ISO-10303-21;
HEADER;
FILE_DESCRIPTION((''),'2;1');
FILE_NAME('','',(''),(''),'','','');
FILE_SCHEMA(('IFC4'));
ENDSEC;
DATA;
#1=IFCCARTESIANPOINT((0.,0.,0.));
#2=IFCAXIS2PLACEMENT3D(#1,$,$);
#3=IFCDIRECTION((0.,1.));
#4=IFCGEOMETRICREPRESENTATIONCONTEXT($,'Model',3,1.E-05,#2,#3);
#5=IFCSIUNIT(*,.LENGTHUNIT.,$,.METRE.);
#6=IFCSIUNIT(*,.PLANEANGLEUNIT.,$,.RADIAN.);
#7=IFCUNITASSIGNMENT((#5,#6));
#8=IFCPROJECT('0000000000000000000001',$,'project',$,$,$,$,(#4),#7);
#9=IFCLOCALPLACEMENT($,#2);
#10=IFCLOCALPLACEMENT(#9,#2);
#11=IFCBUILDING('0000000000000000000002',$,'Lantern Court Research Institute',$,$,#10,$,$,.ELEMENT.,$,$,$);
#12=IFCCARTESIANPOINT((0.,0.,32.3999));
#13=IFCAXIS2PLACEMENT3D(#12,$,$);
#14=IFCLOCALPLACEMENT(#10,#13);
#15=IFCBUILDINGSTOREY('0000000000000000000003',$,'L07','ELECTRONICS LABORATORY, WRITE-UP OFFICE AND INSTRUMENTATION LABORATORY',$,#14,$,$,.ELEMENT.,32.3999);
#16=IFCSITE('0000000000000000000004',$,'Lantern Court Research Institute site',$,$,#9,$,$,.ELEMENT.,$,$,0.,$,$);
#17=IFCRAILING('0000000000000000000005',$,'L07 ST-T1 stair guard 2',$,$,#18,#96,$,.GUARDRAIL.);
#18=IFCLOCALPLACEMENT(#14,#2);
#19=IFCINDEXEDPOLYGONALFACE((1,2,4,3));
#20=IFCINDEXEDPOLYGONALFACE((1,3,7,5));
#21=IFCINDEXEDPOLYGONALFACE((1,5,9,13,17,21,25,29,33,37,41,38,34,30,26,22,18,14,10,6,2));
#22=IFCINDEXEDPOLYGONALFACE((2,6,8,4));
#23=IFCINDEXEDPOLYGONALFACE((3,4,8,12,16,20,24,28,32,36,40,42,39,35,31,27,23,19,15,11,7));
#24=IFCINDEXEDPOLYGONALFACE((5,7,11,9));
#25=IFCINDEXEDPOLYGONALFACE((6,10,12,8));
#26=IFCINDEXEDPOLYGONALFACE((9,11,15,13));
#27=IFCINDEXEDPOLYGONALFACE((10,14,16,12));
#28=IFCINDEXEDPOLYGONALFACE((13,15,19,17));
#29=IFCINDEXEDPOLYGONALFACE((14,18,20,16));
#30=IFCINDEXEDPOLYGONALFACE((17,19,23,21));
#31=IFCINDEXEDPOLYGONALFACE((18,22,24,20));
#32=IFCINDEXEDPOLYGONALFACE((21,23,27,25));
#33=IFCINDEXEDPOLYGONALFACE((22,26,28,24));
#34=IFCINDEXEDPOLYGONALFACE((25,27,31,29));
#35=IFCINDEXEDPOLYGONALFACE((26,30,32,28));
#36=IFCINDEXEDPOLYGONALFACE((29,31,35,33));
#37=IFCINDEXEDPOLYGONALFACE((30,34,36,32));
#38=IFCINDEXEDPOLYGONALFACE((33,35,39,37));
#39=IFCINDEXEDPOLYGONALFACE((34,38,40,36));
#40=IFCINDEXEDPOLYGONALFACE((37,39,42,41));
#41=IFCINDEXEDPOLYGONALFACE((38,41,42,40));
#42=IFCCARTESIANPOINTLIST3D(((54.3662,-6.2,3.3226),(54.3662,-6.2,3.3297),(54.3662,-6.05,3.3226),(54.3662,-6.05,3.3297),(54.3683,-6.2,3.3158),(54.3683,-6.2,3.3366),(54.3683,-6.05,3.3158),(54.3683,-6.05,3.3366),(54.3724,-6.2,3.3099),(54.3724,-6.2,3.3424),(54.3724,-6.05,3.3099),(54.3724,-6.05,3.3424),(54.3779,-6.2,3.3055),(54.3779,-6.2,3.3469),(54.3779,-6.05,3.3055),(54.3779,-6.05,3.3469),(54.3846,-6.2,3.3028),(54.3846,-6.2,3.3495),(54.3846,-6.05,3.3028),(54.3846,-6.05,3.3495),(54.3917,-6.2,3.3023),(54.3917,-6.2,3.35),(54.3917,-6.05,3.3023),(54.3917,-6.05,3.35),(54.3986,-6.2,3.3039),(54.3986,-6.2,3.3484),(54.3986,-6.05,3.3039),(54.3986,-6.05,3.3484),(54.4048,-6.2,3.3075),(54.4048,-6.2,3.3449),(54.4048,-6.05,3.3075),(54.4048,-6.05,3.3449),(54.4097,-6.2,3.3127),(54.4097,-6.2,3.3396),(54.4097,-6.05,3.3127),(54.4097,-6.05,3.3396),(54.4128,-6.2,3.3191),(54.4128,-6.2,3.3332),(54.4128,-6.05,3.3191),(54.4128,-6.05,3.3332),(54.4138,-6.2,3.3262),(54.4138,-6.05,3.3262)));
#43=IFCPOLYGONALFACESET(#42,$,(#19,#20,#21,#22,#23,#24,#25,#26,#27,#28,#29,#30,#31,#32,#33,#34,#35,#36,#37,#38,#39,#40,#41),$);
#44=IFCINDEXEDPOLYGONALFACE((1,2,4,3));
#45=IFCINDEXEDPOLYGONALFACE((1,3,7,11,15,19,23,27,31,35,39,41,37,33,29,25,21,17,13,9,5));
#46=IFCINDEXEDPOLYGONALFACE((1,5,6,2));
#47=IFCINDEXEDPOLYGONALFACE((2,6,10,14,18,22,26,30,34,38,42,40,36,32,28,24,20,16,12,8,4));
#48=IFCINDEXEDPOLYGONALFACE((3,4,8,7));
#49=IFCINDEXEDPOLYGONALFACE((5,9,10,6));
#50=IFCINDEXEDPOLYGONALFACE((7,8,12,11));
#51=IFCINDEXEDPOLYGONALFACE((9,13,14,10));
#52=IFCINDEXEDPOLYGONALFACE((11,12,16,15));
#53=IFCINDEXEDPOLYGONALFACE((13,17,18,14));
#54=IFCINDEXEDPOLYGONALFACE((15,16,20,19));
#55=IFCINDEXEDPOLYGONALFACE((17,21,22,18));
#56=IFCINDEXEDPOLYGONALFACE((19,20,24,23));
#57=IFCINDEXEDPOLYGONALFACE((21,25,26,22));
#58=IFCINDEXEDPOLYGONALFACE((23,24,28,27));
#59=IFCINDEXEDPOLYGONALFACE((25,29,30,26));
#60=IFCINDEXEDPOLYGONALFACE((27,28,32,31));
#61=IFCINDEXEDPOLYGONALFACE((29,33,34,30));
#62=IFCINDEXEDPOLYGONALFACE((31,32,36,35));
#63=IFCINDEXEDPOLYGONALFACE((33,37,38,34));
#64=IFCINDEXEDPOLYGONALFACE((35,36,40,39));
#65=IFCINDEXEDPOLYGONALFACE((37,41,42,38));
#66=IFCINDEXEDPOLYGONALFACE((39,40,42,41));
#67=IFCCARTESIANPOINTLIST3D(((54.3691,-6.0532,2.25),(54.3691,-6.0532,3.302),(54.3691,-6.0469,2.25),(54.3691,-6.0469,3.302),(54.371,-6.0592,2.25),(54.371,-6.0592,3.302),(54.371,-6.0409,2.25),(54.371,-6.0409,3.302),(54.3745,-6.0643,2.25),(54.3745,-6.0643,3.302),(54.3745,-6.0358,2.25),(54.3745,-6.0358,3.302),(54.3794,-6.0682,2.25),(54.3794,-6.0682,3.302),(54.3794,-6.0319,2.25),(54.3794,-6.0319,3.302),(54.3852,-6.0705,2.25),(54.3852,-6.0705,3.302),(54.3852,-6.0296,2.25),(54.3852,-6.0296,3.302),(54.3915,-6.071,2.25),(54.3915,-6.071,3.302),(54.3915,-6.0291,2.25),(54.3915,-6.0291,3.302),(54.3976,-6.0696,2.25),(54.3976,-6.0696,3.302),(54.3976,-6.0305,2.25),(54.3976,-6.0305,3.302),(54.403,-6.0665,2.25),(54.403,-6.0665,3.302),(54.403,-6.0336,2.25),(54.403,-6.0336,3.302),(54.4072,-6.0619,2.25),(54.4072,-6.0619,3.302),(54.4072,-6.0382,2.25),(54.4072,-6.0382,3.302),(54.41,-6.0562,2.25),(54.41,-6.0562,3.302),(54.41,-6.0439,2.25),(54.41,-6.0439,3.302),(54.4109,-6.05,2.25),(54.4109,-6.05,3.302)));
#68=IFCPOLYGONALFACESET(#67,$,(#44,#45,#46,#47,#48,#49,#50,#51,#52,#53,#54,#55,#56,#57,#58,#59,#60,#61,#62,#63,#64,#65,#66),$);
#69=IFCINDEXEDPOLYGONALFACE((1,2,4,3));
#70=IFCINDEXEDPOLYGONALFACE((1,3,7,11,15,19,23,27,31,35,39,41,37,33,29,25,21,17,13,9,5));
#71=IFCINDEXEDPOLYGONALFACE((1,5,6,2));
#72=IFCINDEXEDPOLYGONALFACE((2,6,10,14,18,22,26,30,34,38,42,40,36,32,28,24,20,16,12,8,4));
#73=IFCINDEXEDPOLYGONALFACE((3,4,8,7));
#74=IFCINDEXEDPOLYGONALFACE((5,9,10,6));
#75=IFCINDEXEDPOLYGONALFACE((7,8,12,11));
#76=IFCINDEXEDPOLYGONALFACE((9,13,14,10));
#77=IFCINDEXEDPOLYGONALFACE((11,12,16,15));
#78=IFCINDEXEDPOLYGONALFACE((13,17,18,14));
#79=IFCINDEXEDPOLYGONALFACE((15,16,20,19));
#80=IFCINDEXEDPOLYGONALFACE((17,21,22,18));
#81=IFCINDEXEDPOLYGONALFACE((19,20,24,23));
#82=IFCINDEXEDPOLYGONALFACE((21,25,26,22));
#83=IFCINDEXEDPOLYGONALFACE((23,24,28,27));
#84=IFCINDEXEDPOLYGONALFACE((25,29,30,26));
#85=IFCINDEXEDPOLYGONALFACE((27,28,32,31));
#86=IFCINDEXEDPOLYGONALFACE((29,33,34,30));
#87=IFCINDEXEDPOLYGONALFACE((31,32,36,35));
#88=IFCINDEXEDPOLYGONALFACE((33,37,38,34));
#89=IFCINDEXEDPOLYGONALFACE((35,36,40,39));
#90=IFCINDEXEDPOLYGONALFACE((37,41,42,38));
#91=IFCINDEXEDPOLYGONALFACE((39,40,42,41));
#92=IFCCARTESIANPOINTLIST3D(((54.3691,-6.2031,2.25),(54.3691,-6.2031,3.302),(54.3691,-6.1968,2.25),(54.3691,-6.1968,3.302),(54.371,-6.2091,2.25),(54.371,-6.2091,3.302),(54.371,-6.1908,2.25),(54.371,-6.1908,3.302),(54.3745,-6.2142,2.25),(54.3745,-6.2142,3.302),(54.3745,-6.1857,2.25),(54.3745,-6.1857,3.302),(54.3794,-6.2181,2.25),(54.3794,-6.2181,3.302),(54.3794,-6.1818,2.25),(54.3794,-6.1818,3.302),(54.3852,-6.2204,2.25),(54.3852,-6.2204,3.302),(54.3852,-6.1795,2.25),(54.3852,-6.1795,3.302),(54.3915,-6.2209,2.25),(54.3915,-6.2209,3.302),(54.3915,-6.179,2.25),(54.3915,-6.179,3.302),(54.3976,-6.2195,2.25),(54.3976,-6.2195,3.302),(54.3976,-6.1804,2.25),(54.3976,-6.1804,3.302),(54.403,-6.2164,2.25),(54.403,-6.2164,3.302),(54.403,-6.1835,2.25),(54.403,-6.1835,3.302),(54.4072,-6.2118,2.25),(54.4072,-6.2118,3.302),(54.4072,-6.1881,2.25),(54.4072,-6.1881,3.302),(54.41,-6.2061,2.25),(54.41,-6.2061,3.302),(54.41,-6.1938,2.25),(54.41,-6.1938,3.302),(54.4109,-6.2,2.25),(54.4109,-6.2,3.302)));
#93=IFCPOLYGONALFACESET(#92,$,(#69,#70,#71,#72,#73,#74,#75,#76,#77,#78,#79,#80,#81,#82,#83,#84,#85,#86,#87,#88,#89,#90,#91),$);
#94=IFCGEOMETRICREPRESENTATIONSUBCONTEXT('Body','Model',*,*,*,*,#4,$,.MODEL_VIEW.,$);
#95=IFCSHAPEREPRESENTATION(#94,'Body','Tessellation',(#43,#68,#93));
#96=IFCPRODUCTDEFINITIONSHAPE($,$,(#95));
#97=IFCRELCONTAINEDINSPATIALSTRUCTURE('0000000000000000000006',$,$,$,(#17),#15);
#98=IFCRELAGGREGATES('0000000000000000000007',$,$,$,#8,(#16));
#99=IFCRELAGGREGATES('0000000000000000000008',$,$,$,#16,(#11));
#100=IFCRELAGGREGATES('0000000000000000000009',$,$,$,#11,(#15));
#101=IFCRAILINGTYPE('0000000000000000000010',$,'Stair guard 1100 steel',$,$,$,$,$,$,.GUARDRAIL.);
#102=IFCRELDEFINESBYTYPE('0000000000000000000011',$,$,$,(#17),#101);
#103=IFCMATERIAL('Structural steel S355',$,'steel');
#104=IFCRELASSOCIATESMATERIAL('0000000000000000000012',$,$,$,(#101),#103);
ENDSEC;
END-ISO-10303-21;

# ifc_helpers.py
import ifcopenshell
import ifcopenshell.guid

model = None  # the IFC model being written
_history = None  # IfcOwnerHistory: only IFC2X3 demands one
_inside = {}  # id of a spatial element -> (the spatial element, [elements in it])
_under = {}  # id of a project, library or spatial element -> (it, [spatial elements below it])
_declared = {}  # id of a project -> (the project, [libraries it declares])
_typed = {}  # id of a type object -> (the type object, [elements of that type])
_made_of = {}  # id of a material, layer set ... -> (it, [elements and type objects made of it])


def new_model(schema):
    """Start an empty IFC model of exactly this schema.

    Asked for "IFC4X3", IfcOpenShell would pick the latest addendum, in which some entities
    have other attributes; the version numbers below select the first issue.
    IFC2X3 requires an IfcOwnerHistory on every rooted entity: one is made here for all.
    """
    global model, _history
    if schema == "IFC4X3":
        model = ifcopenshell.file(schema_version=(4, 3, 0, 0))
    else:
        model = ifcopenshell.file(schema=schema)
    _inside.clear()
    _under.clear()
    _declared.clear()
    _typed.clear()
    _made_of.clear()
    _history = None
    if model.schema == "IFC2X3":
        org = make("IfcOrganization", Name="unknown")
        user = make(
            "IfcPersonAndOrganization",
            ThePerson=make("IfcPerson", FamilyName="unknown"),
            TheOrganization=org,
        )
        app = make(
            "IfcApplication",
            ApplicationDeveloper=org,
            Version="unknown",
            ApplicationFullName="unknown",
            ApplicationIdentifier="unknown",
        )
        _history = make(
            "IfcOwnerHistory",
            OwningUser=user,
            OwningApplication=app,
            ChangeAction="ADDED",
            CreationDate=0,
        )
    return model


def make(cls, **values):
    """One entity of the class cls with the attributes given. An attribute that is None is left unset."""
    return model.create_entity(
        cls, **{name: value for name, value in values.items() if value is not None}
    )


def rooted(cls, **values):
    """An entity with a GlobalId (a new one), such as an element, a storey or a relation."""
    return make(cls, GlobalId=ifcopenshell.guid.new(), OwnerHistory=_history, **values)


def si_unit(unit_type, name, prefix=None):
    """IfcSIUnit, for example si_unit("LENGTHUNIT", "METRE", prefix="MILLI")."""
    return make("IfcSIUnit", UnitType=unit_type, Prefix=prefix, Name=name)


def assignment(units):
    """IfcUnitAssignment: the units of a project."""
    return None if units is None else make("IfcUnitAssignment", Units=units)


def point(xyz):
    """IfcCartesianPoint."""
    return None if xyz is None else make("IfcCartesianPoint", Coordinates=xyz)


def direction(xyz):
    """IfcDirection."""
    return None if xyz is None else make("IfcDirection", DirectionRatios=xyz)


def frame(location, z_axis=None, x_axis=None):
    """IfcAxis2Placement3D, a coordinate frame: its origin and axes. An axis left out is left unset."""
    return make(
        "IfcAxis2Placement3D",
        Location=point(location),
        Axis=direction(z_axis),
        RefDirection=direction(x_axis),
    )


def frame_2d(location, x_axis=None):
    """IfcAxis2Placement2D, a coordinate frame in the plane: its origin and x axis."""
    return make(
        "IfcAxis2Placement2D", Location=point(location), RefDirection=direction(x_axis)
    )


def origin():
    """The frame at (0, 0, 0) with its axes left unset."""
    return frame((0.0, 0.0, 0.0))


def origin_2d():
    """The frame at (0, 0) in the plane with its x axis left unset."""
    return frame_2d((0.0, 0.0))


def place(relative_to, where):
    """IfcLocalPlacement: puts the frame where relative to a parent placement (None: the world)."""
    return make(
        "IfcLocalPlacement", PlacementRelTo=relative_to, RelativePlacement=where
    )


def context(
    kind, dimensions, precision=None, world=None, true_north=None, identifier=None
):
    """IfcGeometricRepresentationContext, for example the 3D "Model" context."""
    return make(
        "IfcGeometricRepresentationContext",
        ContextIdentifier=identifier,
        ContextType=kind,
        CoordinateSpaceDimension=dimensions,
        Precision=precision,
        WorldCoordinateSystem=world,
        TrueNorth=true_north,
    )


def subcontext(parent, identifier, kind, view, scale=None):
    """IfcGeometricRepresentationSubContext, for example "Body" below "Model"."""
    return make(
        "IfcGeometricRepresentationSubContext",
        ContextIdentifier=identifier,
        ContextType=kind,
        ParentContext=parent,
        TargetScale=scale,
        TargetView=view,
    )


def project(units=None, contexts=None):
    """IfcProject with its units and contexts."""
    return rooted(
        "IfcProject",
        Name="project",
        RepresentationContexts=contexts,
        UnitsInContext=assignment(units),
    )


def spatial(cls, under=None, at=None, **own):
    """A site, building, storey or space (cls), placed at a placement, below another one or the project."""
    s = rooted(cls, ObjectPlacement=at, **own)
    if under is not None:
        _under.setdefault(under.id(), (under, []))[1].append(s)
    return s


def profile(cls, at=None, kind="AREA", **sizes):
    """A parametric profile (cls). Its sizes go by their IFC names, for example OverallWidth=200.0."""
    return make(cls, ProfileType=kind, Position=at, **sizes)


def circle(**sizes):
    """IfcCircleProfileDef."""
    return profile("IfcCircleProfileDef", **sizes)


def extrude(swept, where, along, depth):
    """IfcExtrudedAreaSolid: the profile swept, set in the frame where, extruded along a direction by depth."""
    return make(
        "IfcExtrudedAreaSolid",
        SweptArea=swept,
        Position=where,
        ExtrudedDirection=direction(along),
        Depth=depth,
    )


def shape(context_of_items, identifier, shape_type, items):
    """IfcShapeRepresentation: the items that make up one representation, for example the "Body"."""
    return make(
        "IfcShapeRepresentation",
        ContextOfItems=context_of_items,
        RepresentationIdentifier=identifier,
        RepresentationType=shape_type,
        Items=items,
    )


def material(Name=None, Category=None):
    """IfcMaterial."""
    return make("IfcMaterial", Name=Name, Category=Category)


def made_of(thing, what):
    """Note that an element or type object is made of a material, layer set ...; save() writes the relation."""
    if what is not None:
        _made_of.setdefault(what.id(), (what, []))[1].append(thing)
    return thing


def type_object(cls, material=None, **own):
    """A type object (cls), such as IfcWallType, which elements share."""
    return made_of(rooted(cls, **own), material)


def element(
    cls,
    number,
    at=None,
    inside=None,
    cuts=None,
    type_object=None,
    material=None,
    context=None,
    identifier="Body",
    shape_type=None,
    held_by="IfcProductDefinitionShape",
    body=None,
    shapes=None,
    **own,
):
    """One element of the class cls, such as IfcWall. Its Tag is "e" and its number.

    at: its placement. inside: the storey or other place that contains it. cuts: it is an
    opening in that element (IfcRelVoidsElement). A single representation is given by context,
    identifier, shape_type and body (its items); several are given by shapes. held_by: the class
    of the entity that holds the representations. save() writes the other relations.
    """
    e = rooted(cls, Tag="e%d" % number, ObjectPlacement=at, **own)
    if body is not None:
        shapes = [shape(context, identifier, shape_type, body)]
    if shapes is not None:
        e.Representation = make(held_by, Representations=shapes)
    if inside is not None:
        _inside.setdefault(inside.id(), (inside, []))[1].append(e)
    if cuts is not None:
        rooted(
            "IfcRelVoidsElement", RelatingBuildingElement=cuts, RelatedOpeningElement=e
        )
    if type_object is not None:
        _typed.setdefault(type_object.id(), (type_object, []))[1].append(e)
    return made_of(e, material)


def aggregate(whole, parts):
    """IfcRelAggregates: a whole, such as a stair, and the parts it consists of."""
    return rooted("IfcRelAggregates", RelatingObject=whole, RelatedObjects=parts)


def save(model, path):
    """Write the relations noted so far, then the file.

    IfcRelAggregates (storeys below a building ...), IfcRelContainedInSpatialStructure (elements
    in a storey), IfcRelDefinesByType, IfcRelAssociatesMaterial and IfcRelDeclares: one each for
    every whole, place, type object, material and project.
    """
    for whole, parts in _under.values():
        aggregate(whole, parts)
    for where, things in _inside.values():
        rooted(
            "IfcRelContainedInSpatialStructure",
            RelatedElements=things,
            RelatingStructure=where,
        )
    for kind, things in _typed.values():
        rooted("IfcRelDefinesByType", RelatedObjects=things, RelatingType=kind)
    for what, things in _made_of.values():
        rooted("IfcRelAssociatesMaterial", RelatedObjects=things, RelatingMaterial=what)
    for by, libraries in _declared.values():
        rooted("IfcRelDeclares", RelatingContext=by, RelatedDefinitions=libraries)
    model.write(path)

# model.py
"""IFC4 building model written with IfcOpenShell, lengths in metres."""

from ifc_helpers import new_model, si_unit, direction, frame, origin, origin_2d, place, context, subcontext, project, spatial, circle, extrude, material, type_object, element, save


model = new_model("IFC4")

# Units and contexts
model_context = context("Model", 3, precision=1e-05, world=origin(), true_north=direction((0.0, 1.0)))
body_context = subcontext(model_context, "Body", "Model", "MODEL_VIEW")
ifc_project = project(units=[si_unit("LENGTHUNIT", "METRE"), si_unit("PLANEANGLEUNIT", "RADIAN")], contexts=[model_context])

# Site, building, storey
site_placement = place(None, origin())
site = spatial("IfcSite", under=ifc_project, at=site_placement, Name="Lantern Court Research Institute site", CompositionType="ELEMENT", RefElevation=0.0)
building_placement = place(site_placement, origin())
building = spatial("IfcBuilding", under=site, at=building_placement, Name="Lantern Court Research Institute", CompositionType="ELEMENT")
storey_placement = place(building_placement, frame((0.0, 0.0, 32.3999)))
storey = spatial("IfcBuildingStorey", under=building, at=storey_placement, Name="L07", Description="ELECTRONICS LABORATORY, WRITE-UP OFFICE AND INSTRUMENTATION LABORATORY", CompositionType="ELEMENT", Elevation=32.3999)

# Railing
ifc_material_1 = material(Name="Structural steel S355", Category="steel")
railing_type_1 = type_object("IfcRailingType", Name="Stair guard 1100 steel", PredefinedType="GUARDRAIL", material=ifc_material_1)
railing_1_placement = place(storey_placement, frame((54.3899, -6.05, 2.25)))
element("IfcRailing", 1, at=railing_1_placement, inside=storey, type_object=railing_type_1, Name="L07 ST-T1 stair guard 2", PredefinedType="GUARDRAIL", context=body_context, shape_type="SweptSolid", body=[
    extrude(circle(Radius=0.0239, at=origin_2d()), frame((0.0, 0.0, 1.0762), z_axis=(0.0, -1.0, 0.0), x_axis=(1.0, 0.0, 0.0)), (0.0, 0.0, 1.0), 0.1499),
    extrude(circle(Radius=0.021, at=origin_2d()), origin(), (0.0, 0.0, 1.0), 1.052),
    extrude(circle(Radius=0.021, at=origin_2d()), frame((0.0, -0.1499, 0.0)), (0.0, 0.0, 1.0), 1.052),
])

save(model, "model.ifc")
